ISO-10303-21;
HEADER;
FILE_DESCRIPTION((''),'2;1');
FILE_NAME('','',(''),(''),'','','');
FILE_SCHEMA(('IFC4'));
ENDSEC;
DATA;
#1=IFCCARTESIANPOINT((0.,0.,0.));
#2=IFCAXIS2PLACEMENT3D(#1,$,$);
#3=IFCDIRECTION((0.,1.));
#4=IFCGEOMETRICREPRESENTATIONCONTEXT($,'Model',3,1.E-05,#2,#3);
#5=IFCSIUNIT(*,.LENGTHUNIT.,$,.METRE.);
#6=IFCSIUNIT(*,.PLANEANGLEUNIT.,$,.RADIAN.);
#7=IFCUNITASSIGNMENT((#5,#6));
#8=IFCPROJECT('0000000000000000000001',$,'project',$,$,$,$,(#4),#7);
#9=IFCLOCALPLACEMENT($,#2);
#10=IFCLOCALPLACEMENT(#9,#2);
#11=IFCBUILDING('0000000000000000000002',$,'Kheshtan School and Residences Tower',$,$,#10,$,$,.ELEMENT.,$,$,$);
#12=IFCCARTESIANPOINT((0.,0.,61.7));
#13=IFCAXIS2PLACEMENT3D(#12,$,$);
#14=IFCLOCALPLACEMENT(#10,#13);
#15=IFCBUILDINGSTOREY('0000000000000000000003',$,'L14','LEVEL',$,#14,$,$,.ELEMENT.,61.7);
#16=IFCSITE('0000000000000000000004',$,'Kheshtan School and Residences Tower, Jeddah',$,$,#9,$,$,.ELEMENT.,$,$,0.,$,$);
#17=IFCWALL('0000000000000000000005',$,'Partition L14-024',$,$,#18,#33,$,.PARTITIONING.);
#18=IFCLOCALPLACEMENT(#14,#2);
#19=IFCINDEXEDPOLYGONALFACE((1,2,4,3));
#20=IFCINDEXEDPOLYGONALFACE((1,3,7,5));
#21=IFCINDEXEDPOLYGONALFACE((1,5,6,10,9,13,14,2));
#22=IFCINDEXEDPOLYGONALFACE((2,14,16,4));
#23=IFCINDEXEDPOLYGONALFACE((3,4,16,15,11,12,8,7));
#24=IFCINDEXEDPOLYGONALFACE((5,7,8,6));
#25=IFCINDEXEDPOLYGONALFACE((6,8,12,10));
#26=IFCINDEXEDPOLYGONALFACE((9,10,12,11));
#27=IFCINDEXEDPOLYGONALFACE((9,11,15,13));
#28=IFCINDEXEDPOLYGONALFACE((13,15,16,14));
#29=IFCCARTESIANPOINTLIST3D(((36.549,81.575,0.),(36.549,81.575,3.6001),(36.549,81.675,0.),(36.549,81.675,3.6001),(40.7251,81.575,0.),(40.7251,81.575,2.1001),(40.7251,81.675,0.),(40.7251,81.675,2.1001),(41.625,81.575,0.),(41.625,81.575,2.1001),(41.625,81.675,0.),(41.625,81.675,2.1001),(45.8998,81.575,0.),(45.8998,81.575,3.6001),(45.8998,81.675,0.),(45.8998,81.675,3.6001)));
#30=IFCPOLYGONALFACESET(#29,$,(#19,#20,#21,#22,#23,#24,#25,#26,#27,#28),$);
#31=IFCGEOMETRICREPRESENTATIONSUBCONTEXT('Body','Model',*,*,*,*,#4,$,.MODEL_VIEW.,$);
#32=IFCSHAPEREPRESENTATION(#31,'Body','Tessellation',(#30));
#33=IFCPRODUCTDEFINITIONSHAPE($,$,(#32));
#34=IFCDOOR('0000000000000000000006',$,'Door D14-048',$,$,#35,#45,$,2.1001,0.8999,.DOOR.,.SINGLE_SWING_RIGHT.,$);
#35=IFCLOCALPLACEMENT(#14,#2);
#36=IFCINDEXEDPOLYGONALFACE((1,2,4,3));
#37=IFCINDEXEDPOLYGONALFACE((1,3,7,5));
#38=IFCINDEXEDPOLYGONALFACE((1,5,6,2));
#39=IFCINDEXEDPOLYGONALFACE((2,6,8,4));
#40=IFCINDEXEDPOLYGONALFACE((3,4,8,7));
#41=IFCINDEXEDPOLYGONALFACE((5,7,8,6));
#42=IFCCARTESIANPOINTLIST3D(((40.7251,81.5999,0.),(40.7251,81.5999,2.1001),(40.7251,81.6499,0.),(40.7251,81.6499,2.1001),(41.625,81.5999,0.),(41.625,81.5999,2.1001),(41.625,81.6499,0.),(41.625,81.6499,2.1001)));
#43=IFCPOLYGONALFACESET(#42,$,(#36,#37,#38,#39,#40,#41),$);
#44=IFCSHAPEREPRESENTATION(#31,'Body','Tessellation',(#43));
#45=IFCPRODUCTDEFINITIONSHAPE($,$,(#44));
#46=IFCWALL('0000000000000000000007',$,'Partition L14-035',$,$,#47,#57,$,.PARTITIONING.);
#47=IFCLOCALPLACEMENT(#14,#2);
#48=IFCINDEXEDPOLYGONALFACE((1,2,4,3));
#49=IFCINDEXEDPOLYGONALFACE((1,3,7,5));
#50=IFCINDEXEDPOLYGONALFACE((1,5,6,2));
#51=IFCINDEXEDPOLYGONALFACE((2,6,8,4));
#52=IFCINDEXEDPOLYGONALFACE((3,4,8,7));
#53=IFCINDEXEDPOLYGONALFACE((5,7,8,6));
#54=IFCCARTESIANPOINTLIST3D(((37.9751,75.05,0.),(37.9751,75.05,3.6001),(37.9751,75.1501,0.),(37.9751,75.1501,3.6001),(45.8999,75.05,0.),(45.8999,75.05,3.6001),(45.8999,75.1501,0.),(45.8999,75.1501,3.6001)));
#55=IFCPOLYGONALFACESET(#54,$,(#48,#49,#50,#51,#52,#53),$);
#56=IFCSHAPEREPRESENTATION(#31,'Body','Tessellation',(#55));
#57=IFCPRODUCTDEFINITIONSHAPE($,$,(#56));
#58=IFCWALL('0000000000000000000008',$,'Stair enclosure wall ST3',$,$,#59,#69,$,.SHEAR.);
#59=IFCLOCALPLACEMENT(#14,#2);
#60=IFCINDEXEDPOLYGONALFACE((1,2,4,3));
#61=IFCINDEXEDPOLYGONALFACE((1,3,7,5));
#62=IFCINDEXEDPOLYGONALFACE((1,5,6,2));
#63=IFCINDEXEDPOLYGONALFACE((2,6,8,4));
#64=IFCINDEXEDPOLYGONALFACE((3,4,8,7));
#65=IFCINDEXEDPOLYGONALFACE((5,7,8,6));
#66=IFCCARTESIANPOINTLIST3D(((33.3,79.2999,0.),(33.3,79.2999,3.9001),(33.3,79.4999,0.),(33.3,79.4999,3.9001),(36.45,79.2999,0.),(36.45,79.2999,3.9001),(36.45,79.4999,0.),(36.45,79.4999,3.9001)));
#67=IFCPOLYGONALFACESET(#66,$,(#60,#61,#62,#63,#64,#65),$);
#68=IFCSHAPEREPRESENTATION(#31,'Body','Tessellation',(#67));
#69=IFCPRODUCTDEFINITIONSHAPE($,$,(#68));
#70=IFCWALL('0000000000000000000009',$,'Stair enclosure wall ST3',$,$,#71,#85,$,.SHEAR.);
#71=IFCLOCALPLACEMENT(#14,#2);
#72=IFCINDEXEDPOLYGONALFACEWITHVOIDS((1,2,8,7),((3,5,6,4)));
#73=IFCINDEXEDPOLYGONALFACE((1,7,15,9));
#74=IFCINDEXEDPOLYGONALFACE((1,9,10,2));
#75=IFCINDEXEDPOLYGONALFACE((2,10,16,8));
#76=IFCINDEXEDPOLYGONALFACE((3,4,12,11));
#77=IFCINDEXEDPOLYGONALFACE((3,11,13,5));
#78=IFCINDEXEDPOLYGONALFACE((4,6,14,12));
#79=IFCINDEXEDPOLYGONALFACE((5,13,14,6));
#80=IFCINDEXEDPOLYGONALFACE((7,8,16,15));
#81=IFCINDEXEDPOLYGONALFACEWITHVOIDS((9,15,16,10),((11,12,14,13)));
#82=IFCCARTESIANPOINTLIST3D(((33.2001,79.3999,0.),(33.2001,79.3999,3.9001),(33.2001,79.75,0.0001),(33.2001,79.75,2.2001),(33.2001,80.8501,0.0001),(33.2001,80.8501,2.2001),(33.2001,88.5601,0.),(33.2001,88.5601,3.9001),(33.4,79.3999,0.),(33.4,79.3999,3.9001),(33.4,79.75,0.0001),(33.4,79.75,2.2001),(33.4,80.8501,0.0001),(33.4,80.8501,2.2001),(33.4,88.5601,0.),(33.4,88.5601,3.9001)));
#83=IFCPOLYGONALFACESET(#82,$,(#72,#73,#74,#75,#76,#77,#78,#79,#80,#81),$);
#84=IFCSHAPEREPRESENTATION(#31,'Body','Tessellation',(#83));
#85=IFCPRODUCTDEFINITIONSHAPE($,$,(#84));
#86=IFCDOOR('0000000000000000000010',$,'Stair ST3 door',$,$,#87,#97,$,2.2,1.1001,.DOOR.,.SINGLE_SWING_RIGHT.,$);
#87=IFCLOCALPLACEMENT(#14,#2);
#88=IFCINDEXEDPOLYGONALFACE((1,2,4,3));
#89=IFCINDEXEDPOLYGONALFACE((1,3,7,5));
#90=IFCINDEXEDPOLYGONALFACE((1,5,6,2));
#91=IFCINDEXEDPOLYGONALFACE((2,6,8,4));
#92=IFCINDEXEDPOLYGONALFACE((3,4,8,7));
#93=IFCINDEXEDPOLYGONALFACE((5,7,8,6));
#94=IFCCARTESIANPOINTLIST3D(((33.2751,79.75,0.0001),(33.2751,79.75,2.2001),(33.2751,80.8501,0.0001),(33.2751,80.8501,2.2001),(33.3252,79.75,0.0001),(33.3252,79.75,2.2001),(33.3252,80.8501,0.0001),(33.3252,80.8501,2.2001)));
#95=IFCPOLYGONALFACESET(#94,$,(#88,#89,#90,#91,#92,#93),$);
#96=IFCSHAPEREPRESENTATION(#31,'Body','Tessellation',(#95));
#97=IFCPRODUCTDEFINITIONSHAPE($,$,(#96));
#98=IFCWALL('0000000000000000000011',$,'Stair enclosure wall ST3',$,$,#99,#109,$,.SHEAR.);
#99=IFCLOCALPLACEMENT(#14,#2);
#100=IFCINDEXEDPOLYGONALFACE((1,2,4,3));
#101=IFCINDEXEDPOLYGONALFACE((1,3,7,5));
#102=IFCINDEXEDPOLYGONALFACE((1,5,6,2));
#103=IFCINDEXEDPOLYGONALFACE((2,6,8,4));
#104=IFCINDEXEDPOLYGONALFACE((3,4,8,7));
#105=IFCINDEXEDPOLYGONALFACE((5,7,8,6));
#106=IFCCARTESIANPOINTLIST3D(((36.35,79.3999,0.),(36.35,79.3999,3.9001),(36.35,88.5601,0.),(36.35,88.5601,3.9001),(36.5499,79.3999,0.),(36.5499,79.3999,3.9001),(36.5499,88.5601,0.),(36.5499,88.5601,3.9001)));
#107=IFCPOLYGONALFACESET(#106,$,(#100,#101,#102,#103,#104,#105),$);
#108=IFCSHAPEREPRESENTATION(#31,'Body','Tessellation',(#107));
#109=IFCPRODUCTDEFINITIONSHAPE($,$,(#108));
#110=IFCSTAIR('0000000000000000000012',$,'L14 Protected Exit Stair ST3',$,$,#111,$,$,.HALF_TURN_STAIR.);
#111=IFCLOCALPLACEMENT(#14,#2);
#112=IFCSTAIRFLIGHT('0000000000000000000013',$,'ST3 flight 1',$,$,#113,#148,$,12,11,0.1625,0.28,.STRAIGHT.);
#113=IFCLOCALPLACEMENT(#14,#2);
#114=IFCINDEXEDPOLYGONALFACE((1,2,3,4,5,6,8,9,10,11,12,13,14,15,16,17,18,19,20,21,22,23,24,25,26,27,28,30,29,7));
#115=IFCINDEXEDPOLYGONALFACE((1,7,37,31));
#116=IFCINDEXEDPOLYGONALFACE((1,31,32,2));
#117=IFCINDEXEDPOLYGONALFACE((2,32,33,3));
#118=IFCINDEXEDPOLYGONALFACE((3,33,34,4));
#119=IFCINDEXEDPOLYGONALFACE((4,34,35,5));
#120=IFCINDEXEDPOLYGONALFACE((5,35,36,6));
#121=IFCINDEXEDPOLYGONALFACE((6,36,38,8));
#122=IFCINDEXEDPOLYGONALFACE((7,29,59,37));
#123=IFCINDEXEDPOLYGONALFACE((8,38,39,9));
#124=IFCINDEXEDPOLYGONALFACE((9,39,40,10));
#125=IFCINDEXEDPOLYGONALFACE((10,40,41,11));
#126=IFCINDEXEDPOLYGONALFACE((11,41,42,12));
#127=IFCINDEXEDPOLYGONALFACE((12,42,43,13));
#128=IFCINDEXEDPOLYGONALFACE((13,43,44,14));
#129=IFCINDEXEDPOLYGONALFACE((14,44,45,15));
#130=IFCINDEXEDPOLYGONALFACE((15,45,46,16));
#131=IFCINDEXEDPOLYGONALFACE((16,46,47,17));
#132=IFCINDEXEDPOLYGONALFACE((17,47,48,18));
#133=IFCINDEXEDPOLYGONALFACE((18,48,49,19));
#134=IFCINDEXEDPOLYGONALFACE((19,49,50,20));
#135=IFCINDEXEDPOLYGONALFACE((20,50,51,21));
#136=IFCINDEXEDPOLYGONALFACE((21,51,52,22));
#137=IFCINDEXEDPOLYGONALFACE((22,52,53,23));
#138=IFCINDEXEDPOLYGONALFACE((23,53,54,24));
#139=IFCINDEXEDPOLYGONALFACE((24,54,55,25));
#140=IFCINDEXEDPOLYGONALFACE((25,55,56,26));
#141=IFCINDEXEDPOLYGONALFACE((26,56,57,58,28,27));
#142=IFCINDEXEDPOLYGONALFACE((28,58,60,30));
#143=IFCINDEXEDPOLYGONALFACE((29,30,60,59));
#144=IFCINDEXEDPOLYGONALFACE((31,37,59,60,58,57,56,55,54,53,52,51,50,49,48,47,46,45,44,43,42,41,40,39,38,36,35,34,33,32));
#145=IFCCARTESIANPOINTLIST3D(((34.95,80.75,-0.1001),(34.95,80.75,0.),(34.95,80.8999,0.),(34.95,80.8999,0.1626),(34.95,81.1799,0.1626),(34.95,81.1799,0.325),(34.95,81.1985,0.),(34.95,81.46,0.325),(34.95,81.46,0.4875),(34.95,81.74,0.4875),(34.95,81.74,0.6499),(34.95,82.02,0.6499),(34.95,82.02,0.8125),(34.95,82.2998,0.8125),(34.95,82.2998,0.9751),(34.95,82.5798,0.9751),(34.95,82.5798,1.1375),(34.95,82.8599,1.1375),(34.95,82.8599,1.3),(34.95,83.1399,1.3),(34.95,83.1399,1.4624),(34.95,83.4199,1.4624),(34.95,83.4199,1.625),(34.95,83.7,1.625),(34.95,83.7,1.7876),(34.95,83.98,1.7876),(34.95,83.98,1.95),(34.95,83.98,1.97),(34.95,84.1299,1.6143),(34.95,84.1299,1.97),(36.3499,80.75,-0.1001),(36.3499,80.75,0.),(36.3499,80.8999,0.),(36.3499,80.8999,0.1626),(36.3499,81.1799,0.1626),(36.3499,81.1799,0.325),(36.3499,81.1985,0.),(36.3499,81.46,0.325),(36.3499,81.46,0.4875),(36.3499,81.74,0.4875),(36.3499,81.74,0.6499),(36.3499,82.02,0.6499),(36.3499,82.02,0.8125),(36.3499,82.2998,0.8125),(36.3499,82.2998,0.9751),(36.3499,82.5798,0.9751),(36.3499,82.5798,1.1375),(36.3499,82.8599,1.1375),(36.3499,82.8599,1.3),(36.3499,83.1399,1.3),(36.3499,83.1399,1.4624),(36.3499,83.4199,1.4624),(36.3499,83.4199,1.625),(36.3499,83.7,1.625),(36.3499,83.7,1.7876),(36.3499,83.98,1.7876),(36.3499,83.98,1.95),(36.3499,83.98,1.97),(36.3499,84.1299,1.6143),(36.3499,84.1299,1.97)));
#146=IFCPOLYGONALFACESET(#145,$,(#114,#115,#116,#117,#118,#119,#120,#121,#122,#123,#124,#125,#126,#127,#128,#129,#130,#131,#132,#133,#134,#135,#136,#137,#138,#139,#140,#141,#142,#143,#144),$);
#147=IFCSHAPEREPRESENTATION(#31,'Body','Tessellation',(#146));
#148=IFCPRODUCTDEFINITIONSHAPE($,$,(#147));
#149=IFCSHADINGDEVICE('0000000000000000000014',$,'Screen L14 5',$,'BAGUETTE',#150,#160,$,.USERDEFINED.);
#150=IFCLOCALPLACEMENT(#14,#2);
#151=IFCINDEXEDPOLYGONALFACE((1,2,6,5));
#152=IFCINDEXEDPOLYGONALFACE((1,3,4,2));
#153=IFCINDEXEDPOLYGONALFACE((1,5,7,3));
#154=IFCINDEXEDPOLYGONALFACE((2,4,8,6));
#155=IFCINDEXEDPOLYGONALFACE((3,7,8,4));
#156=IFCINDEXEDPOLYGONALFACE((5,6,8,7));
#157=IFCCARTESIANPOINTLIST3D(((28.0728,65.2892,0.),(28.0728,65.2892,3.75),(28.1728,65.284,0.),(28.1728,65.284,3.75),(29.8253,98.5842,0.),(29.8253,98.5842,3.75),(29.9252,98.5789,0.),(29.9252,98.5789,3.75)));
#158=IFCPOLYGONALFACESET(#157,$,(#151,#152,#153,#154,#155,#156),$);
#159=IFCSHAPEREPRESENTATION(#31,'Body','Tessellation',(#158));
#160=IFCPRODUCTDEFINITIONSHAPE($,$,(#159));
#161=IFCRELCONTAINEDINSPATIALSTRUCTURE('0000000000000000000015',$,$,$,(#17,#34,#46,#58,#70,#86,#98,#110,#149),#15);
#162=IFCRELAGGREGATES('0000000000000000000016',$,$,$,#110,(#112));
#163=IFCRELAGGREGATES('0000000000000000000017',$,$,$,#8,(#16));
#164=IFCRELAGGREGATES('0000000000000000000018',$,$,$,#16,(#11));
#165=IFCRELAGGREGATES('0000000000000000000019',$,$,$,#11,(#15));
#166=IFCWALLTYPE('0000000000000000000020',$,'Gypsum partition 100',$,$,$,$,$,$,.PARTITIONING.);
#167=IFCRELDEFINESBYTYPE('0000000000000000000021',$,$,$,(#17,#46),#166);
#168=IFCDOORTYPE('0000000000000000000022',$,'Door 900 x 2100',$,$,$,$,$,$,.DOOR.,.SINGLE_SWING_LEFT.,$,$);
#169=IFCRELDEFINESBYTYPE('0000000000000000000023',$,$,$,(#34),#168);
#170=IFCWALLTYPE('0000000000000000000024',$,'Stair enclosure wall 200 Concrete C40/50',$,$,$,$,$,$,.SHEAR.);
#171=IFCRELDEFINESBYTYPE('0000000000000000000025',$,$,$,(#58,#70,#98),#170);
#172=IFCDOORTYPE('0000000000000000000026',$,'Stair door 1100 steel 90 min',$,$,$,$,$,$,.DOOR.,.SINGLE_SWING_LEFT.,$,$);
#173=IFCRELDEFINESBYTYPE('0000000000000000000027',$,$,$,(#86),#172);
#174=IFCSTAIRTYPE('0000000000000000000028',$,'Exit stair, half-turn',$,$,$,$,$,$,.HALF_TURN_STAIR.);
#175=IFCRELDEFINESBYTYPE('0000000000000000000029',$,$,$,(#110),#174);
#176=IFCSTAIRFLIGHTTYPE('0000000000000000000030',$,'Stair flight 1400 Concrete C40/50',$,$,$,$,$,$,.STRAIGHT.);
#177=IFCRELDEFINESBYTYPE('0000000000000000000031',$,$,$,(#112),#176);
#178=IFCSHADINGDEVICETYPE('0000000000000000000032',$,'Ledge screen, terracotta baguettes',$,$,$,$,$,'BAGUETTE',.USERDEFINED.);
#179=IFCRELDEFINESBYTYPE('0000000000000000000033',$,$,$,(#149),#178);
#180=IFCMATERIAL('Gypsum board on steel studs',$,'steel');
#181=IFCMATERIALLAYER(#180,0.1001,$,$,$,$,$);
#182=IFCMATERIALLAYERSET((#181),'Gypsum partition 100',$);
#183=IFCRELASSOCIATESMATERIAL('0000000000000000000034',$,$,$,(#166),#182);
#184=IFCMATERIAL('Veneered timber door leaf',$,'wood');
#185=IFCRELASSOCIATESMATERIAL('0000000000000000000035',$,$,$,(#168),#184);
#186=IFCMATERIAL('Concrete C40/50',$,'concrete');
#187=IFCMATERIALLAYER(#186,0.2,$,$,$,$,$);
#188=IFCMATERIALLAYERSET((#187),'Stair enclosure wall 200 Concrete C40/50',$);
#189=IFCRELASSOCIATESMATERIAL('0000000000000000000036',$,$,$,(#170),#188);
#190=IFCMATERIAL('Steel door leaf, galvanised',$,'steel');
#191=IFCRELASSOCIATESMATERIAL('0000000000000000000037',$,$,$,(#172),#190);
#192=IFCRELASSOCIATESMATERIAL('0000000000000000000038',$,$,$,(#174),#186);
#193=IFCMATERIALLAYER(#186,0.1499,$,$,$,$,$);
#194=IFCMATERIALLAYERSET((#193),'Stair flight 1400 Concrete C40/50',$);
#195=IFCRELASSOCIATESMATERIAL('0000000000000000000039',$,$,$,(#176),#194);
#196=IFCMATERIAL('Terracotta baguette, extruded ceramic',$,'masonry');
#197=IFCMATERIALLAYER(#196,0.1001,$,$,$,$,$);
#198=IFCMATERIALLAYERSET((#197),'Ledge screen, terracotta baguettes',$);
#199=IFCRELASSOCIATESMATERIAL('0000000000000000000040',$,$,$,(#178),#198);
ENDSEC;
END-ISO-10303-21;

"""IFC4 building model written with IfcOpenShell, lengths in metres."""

from ifc_helpers import new_model, si_unit, direction, frame, frame_2d, origin, origin_2d, place, context, subcontext, project, spatial, polyline, rectangle, outline, extrude, source, transform, mapped, material, layer, layer_set, type_object, element, fill, aggregate, save


model = new_model("IFC4")

# Units and contexts
model_context = context("Model", 3, precision=1e-05, world=origin(), true_north=direction((0.0, 1.0)))
body_context = subcontext(model_context, "Body", "Model", "MODEL_VIEW")
ifc_project = project(units=[si_unit("LENGTHUNIT", "METRE"), si_unit("PLANEANGLEUNIT", "RADIAN")], contexts=[model_context])

# Site, building, storey
site_placement = place(None, origin())
site = spatial("IfcSite", under=ifc_project, at=site_placement, Name="Kheshtan School and Residences Tower, Jeddah", CompositionType="ELEMENT", RefElevation=0.0)
building_placement = place(site_placement, origin())
building = spatial("IfcBuilding", under=site, at=building_placement, Name="Kheshtan School and Residences Tower", CompositionType="ELEMENT")
storey_placement = place(building_placement, frame((0.0, 0.0, 61.7)))
storey = spatial("IfcBuildingStorey", under=building, at=storey_placement, Name="L14", Description="LEVEL", CompositionType="ELEMENT", Elevation=61.7)

# Shared definitions
ifc_material_1 = material(Name="Gypsum board on steel studs", Category="steel")
ifc_layer_1 = layer(ifc_material_1, 0.1001)
ifc_layer_set_1 = layer_set([ifc_layer_1], Name="Gypsum partition 100")
wall_type_1 = type_object("IfcWallType", Name="Gypsum partition 100", PredefinedType="PARTITIONING", material=ifc_layer_set_1)

# Wall, opening, door
ifc_material_2 = material(Name="Veneered timber door leaf", Category="wood")
door_type_1 = type_object("IfcDoorType", Name="Door 900 x 2100", OperationType="SINGLE_SWING_LEFT", PredefinedType="DOOR", material=ifc_material_2)
shared_shape_1 = source(origin(), body_context, "Body", "SweptSolid", [
    extrude(rectangle(XDim=0.8999, YDim=2.1001, at=frame_2d((0.45, 1.05))), frame((0.0, 0.0249, 0.0), z_axis=(0.0, -1.0, 0.0), x_axis=(1.0, 0.0, 0.0)), (0.0, 0.0, 1.0), 0.05),
])
wall_1_placement = place(storey_placement, frame((36.5491, 81.625, 0.0), z_axis=(0.0, 0.0, 1.0), x_axis=(1.0, 0.0, 0.0)))
wall_1 = element("IfcWall", 1, at=wall_1_placement, inside=storey, type_object=wall_type_1, Name="Partition L14-024", PredefinedType="PARTITIONING", context=body_context, shape_type="SweptSolid", body=[
    extrude(rectangle(XDim=9.3508, YDim=0.1001, at=frame_2d((4.6753, 0.0))), origin(), (0.0, 0.0, 1.0), 3.6001),
])
opening_1_placement = place(wall_1_placement, frame((4.176, 0.0, 0.0)))
opening_1 = element("IfcOpeningElement", 2, at=opening_1_placement, cuts=wall_1, PredefinedType="OPENING", context=body_context, shape_type="SweptSolid", body=[
    extrude(rectangle(XDim=0.8999, YDim=2.1001, at=frame_2d((0.45, 1.05))), frame((0.0, 0.0601, 0.0), z_axis=(0.0, -1.0, 0.0), x_axis=(1.0, 0.0, 0.0)), (0.0, 0.0, 1.0), 0.1201),
])
door_1_placement = place(opening_1_placement, origin())
door_1 = element("IfcDoor", 3, at=door_1_placement, inside=storey, type_object=door_type_1, Name="Door D14-048", OperationType="SINGLE_SWING_RIGHT", OverallHeight=2.1001, OverallWidth=0.8999, PredefinedType="DOOR", context=body_context, shape_type="MappedRepresentation", body=[
    mapped(shared_shape_1, transform((0.0, 0.0, 0.0), x_axis=(1.0, 0.0, 0.0), y_axis=(0.0, 1.0, 0.0), z_axis=(0.0, 0.0, 1.0), scale=1.0)),
])
fill(opening_1, door_1)

# Walls
wall_2_placement = place(storey_placement, frame((37.9751, 75.1001, 0.0), z_axis=(0.0, 0.0, 1.0), x_axis=(1.0, 0.0, 0.0)))
element("IfcWall", 4, at=wall_2_placement, inside=storey, type_object=wall_type_1, Name="Partition L14-035", PredefinedType="PARTITIONING", context=body_context, shape_type="SweptSolid", body=[
    extrude(rectangle(XDim=7.9248, YDim=0.1001, at=frame_2d((3.9624, 0.0))), origin(), (0.0, 0.0, 1.0), 3.6001),
])
ifc_material_3 = material(Name="Concrete C40/50", Category="concrete")
ifc_layer_2 = layer(ifc_material_3, 0.2)
ifc_layer_set_2 = layer_set([ifc_layer_2], Name="Stair enclosure wall 200 Concrete C40/50")
wall_type_2 = type_object("IfcWallType", Name="Stair enclosure wall 200 Concrete C40/50", PredefinedType="SHEAR", material=ifc_layer_set_2)
wall_3_placement = place(storey_placement, frame((33.3, 79.3999, 0.0), z_axis=(0.0, 0.0, 1.0), x_axis=(1.0, 0.0, 0.0)))
element("IfcWall", 5, at=wall_3_placement, inside=storey, type_object=wall_type_2, Name="Stair enclosure wall ST3", PredefinedType="SHEAR", context=body_context, shape_type="SweptSolid", body=[
    extrude(rectangle(XDim=3.1499, YDim=0.2, at=frame_2d((1.575, 0.0))), origin(), (0.0, 0.0, 1.0), 3.9001),
])

# Wall, opening, door
wall_4_placement = place(storey_placement, frame((33.3, 79.3999, 0.0), z_axis=(0.0, 0.0, 1.0), x_axis=(0.0, 1.0, 0.0)))
wall_4 = element("IfcWall", 6, at=wall_4_placement, inside=storey, type_object=wall_type_2, Name="Stair enclosure wall ST3", PredefinedType="SHEAR", context=body_context, shape_type="SweptSolid", body=[
    extrude(rectangle(XDim=9.1602, YDim=0.2, at=frame_2d((4.5801, 0.0))), origin(), (0.0, 0.0, 1.0), 3.9001),
])
opening_2_placement = place(wall_4_placement, frame((0.3501, 0.0, 0.0)))
opening_2 = element("IfcOpeningElement", 7, at=opening_2_placement, cuts=wall_4, PredefinedType="OPENING", context=body_context, shape_type="SweptSolid", body=[
    extrude(rectangle(XDim=1.1001, YDim=2.2, at=frame_2d((0.55, 1.1001))), frame((0.0, 0.1099, 0.0), z_axis=(0.0, -1.0, 0.0), x_axis=(1.0, 0.0, 0.0)), (0.0, 0.0, 1.0), 0.22),
])
ifc_material_4 = material(Name="Steel door leaf, galvanised", Category="steel")
door_type_2 = type_object("IfcDoorType", Name="Stair door 1100 steel 90 min", OperationType="SINGLE_SWING_LEFT", PredefinedType="DOOR", material=ifc_material_4)
shared_shape_2 = source(origin(), body_context, "Body", "SweptSolid", [
    extrude(rectangle(XDim=1.1001, YDim=2.2, at=frame_2d((0.55, 1.1001))), frame((0.0, 0.0249, 0.0), z_axis=(0.0, -1.0, 0.0), x_axis=(1.0, 0.0, 0.0)), (0.0, 0.0, 1.0), 0.05),
])
door_2_placement = place(opening_2_placement, origin())
door_2 = element("IfcDoor", 8, at=door_2_placement, inside=storey, type_object=door_type_2, Name="Stair ST3 door", OperationType="SINGLE_SWING_RIGHT", OverallHeight=2.2, OverallWidth=1.1001, PredefinedType="DOOR", context=body_context, shape_type="MappedRepresentation", body=[
    mapped(shared_shape_2, transform((0.0, 0.0, 0.0), x_axis=(1.0, 0.0, 0.0), y_axis=(0.0, 1.0, 0.0), z_axis=(0.0, 0.0, 1.0), scale=1.0)),
])
fill(opening_2, door_2)

# Wall
wall_5_placement = place(storey_placement, frame((36.45, 79.3999, 0.0), z_axis=(0.0, 0.0, 1.0), x_axis=(0.0, 1.0, 0.0)))
element("IfcWall", 9, at=wall_5_placement, inside=storey, type_object=wall_type_2, Name="Stair enclosure wall ST3", PredefinedType="SHEAR", context=body_context, shape_type="SweptSolid", body=[
    extrude(rectangle(XDim=9.1602, YDim=0.2, at=frame_2d((4.5801, 0.0))), origin(), (0.0, 0.0, 1.0), 3.9001),
])

# Stair, stair flight
stair_type = type_object("IfcStairType", Name="Exit stair, half-turn", PredefinedType="HALF_TURN_STAIR", material=ifc_material_3)
stair_placement = place(storey_placement, origin())
stair = element("IfcStair", 10, at=stair_placement, inside=storey, type_object=stair_type, Name="L14 Protected Exit Stair ST3", PredefinedType="HALF_TURN_STAIR")
ifc_layer_3 = layer(ifc_material_3, 0.1499)
ifc_layer_set_3 = layer_set([ifc_layer_3], Name="Stair flight 1400 Concrete C40/50")
stair_flight_type = type_object("IfcStairFlightType", Name="Stair flight 1400 Concrete C40/50", PredefinedType="STRAIGHT", material=ifc_layer_set_3)
stair_flight_placement = place(storey_placement, frame((35.6499, 80.8999, 0.0), z_axis=(0.0, 0.0, 1.0), x_axis=(0.0, 1.0, 0.0)))
stair_flight = element("IfcStairFlight", 11, at=stair_flight_placement, type_object=stair_flight_type, Name="ST3 flight 1", NumberOfRisers=12, NumberOfTreads=11, PredefinedType="STRAIGHT", RiserHeight=0.1625, TreadLength=0.28, context=body_context, shape_type="SweptSolid", body=[
    extrude(outline(polyline([(-0.1499, -0.1001), (-0.1499, 0.0), (0.0, 0.0), (0.0, 0.1626), (0.28, 0.1626), (0.28, 0.325), (0.5601, 0.325), (0.5601, 0.4875), (0.8401, 0.4875), (0.8401, 0.6499), (1.1201, 0.6499), (1.1201, 0.8125), (1.3999, 0.8125), (1.3999, 0.9751), (1.6799, 0.9751), (1.6799, 1.1375), (1.96, 1.1375), (1.96, 1.3), (2.24, 1.3), (2.24, 1.4624), (2.52, 1.4624), (2.52, 1.625), (2.8, 1.625), (2.8, 1.7876), (3.0801, 1.7876), (3.0801, 1.95), (3.0801, 1.97), (3.23, 1.97), (3.23, 1.6143), (0.2986, 0.0), (-0.1499, -0.1001)])), frame((0.0, 0.7, 0.0), z_axis=(0.0, -1.0, 0.0), x_axis=(1.0, 0.0, 0.0)), (0.0, 0.0, 1.0), 1.3999),
])
aggregate(stair, [stair_flight])

# Shading device
ifc_material_5 = material(Name="Terracotta baguette, extruded ceramic", Category="masonry")
ifc_layer_4 = layer(ifc_material_5, 0.1001)
ifc_layer_set_4 = layer_set([ifc_layer_4], Name="Ledge screen, terracotta baguettes")
shading_device_type = type_object("IfcShadingDeviceType", Name="Ledge screen, terracotta baguettes", ElementType="BAGUETTE", PredefinedType="USERDEFINED", material=ifc_layer_set_4)
shading_device_placement = place(storey_placement, frame((28.999, 81.9341, 0.0), z_axis=(0.0, 0.0, 1.0), x_axis=(0.052563, 0.998618, 0.0)))
element("IfcShadingDevice", 12, at=shading_device_placement, inside=storey, type_object=shading_device_type, Name="Screen L14 5", ObjectType="BAGUETTE", PredefinedType="USERDEFINED", context=body_context, shape_type="SweptSolid", body=[
    extrude(rectangle(XDim=33.3411, YDim=0.1001, at=origin_2d()), origin(), (0.0, 0.0, 1.0), 3.75),
])

save(model, "model.ifc")
